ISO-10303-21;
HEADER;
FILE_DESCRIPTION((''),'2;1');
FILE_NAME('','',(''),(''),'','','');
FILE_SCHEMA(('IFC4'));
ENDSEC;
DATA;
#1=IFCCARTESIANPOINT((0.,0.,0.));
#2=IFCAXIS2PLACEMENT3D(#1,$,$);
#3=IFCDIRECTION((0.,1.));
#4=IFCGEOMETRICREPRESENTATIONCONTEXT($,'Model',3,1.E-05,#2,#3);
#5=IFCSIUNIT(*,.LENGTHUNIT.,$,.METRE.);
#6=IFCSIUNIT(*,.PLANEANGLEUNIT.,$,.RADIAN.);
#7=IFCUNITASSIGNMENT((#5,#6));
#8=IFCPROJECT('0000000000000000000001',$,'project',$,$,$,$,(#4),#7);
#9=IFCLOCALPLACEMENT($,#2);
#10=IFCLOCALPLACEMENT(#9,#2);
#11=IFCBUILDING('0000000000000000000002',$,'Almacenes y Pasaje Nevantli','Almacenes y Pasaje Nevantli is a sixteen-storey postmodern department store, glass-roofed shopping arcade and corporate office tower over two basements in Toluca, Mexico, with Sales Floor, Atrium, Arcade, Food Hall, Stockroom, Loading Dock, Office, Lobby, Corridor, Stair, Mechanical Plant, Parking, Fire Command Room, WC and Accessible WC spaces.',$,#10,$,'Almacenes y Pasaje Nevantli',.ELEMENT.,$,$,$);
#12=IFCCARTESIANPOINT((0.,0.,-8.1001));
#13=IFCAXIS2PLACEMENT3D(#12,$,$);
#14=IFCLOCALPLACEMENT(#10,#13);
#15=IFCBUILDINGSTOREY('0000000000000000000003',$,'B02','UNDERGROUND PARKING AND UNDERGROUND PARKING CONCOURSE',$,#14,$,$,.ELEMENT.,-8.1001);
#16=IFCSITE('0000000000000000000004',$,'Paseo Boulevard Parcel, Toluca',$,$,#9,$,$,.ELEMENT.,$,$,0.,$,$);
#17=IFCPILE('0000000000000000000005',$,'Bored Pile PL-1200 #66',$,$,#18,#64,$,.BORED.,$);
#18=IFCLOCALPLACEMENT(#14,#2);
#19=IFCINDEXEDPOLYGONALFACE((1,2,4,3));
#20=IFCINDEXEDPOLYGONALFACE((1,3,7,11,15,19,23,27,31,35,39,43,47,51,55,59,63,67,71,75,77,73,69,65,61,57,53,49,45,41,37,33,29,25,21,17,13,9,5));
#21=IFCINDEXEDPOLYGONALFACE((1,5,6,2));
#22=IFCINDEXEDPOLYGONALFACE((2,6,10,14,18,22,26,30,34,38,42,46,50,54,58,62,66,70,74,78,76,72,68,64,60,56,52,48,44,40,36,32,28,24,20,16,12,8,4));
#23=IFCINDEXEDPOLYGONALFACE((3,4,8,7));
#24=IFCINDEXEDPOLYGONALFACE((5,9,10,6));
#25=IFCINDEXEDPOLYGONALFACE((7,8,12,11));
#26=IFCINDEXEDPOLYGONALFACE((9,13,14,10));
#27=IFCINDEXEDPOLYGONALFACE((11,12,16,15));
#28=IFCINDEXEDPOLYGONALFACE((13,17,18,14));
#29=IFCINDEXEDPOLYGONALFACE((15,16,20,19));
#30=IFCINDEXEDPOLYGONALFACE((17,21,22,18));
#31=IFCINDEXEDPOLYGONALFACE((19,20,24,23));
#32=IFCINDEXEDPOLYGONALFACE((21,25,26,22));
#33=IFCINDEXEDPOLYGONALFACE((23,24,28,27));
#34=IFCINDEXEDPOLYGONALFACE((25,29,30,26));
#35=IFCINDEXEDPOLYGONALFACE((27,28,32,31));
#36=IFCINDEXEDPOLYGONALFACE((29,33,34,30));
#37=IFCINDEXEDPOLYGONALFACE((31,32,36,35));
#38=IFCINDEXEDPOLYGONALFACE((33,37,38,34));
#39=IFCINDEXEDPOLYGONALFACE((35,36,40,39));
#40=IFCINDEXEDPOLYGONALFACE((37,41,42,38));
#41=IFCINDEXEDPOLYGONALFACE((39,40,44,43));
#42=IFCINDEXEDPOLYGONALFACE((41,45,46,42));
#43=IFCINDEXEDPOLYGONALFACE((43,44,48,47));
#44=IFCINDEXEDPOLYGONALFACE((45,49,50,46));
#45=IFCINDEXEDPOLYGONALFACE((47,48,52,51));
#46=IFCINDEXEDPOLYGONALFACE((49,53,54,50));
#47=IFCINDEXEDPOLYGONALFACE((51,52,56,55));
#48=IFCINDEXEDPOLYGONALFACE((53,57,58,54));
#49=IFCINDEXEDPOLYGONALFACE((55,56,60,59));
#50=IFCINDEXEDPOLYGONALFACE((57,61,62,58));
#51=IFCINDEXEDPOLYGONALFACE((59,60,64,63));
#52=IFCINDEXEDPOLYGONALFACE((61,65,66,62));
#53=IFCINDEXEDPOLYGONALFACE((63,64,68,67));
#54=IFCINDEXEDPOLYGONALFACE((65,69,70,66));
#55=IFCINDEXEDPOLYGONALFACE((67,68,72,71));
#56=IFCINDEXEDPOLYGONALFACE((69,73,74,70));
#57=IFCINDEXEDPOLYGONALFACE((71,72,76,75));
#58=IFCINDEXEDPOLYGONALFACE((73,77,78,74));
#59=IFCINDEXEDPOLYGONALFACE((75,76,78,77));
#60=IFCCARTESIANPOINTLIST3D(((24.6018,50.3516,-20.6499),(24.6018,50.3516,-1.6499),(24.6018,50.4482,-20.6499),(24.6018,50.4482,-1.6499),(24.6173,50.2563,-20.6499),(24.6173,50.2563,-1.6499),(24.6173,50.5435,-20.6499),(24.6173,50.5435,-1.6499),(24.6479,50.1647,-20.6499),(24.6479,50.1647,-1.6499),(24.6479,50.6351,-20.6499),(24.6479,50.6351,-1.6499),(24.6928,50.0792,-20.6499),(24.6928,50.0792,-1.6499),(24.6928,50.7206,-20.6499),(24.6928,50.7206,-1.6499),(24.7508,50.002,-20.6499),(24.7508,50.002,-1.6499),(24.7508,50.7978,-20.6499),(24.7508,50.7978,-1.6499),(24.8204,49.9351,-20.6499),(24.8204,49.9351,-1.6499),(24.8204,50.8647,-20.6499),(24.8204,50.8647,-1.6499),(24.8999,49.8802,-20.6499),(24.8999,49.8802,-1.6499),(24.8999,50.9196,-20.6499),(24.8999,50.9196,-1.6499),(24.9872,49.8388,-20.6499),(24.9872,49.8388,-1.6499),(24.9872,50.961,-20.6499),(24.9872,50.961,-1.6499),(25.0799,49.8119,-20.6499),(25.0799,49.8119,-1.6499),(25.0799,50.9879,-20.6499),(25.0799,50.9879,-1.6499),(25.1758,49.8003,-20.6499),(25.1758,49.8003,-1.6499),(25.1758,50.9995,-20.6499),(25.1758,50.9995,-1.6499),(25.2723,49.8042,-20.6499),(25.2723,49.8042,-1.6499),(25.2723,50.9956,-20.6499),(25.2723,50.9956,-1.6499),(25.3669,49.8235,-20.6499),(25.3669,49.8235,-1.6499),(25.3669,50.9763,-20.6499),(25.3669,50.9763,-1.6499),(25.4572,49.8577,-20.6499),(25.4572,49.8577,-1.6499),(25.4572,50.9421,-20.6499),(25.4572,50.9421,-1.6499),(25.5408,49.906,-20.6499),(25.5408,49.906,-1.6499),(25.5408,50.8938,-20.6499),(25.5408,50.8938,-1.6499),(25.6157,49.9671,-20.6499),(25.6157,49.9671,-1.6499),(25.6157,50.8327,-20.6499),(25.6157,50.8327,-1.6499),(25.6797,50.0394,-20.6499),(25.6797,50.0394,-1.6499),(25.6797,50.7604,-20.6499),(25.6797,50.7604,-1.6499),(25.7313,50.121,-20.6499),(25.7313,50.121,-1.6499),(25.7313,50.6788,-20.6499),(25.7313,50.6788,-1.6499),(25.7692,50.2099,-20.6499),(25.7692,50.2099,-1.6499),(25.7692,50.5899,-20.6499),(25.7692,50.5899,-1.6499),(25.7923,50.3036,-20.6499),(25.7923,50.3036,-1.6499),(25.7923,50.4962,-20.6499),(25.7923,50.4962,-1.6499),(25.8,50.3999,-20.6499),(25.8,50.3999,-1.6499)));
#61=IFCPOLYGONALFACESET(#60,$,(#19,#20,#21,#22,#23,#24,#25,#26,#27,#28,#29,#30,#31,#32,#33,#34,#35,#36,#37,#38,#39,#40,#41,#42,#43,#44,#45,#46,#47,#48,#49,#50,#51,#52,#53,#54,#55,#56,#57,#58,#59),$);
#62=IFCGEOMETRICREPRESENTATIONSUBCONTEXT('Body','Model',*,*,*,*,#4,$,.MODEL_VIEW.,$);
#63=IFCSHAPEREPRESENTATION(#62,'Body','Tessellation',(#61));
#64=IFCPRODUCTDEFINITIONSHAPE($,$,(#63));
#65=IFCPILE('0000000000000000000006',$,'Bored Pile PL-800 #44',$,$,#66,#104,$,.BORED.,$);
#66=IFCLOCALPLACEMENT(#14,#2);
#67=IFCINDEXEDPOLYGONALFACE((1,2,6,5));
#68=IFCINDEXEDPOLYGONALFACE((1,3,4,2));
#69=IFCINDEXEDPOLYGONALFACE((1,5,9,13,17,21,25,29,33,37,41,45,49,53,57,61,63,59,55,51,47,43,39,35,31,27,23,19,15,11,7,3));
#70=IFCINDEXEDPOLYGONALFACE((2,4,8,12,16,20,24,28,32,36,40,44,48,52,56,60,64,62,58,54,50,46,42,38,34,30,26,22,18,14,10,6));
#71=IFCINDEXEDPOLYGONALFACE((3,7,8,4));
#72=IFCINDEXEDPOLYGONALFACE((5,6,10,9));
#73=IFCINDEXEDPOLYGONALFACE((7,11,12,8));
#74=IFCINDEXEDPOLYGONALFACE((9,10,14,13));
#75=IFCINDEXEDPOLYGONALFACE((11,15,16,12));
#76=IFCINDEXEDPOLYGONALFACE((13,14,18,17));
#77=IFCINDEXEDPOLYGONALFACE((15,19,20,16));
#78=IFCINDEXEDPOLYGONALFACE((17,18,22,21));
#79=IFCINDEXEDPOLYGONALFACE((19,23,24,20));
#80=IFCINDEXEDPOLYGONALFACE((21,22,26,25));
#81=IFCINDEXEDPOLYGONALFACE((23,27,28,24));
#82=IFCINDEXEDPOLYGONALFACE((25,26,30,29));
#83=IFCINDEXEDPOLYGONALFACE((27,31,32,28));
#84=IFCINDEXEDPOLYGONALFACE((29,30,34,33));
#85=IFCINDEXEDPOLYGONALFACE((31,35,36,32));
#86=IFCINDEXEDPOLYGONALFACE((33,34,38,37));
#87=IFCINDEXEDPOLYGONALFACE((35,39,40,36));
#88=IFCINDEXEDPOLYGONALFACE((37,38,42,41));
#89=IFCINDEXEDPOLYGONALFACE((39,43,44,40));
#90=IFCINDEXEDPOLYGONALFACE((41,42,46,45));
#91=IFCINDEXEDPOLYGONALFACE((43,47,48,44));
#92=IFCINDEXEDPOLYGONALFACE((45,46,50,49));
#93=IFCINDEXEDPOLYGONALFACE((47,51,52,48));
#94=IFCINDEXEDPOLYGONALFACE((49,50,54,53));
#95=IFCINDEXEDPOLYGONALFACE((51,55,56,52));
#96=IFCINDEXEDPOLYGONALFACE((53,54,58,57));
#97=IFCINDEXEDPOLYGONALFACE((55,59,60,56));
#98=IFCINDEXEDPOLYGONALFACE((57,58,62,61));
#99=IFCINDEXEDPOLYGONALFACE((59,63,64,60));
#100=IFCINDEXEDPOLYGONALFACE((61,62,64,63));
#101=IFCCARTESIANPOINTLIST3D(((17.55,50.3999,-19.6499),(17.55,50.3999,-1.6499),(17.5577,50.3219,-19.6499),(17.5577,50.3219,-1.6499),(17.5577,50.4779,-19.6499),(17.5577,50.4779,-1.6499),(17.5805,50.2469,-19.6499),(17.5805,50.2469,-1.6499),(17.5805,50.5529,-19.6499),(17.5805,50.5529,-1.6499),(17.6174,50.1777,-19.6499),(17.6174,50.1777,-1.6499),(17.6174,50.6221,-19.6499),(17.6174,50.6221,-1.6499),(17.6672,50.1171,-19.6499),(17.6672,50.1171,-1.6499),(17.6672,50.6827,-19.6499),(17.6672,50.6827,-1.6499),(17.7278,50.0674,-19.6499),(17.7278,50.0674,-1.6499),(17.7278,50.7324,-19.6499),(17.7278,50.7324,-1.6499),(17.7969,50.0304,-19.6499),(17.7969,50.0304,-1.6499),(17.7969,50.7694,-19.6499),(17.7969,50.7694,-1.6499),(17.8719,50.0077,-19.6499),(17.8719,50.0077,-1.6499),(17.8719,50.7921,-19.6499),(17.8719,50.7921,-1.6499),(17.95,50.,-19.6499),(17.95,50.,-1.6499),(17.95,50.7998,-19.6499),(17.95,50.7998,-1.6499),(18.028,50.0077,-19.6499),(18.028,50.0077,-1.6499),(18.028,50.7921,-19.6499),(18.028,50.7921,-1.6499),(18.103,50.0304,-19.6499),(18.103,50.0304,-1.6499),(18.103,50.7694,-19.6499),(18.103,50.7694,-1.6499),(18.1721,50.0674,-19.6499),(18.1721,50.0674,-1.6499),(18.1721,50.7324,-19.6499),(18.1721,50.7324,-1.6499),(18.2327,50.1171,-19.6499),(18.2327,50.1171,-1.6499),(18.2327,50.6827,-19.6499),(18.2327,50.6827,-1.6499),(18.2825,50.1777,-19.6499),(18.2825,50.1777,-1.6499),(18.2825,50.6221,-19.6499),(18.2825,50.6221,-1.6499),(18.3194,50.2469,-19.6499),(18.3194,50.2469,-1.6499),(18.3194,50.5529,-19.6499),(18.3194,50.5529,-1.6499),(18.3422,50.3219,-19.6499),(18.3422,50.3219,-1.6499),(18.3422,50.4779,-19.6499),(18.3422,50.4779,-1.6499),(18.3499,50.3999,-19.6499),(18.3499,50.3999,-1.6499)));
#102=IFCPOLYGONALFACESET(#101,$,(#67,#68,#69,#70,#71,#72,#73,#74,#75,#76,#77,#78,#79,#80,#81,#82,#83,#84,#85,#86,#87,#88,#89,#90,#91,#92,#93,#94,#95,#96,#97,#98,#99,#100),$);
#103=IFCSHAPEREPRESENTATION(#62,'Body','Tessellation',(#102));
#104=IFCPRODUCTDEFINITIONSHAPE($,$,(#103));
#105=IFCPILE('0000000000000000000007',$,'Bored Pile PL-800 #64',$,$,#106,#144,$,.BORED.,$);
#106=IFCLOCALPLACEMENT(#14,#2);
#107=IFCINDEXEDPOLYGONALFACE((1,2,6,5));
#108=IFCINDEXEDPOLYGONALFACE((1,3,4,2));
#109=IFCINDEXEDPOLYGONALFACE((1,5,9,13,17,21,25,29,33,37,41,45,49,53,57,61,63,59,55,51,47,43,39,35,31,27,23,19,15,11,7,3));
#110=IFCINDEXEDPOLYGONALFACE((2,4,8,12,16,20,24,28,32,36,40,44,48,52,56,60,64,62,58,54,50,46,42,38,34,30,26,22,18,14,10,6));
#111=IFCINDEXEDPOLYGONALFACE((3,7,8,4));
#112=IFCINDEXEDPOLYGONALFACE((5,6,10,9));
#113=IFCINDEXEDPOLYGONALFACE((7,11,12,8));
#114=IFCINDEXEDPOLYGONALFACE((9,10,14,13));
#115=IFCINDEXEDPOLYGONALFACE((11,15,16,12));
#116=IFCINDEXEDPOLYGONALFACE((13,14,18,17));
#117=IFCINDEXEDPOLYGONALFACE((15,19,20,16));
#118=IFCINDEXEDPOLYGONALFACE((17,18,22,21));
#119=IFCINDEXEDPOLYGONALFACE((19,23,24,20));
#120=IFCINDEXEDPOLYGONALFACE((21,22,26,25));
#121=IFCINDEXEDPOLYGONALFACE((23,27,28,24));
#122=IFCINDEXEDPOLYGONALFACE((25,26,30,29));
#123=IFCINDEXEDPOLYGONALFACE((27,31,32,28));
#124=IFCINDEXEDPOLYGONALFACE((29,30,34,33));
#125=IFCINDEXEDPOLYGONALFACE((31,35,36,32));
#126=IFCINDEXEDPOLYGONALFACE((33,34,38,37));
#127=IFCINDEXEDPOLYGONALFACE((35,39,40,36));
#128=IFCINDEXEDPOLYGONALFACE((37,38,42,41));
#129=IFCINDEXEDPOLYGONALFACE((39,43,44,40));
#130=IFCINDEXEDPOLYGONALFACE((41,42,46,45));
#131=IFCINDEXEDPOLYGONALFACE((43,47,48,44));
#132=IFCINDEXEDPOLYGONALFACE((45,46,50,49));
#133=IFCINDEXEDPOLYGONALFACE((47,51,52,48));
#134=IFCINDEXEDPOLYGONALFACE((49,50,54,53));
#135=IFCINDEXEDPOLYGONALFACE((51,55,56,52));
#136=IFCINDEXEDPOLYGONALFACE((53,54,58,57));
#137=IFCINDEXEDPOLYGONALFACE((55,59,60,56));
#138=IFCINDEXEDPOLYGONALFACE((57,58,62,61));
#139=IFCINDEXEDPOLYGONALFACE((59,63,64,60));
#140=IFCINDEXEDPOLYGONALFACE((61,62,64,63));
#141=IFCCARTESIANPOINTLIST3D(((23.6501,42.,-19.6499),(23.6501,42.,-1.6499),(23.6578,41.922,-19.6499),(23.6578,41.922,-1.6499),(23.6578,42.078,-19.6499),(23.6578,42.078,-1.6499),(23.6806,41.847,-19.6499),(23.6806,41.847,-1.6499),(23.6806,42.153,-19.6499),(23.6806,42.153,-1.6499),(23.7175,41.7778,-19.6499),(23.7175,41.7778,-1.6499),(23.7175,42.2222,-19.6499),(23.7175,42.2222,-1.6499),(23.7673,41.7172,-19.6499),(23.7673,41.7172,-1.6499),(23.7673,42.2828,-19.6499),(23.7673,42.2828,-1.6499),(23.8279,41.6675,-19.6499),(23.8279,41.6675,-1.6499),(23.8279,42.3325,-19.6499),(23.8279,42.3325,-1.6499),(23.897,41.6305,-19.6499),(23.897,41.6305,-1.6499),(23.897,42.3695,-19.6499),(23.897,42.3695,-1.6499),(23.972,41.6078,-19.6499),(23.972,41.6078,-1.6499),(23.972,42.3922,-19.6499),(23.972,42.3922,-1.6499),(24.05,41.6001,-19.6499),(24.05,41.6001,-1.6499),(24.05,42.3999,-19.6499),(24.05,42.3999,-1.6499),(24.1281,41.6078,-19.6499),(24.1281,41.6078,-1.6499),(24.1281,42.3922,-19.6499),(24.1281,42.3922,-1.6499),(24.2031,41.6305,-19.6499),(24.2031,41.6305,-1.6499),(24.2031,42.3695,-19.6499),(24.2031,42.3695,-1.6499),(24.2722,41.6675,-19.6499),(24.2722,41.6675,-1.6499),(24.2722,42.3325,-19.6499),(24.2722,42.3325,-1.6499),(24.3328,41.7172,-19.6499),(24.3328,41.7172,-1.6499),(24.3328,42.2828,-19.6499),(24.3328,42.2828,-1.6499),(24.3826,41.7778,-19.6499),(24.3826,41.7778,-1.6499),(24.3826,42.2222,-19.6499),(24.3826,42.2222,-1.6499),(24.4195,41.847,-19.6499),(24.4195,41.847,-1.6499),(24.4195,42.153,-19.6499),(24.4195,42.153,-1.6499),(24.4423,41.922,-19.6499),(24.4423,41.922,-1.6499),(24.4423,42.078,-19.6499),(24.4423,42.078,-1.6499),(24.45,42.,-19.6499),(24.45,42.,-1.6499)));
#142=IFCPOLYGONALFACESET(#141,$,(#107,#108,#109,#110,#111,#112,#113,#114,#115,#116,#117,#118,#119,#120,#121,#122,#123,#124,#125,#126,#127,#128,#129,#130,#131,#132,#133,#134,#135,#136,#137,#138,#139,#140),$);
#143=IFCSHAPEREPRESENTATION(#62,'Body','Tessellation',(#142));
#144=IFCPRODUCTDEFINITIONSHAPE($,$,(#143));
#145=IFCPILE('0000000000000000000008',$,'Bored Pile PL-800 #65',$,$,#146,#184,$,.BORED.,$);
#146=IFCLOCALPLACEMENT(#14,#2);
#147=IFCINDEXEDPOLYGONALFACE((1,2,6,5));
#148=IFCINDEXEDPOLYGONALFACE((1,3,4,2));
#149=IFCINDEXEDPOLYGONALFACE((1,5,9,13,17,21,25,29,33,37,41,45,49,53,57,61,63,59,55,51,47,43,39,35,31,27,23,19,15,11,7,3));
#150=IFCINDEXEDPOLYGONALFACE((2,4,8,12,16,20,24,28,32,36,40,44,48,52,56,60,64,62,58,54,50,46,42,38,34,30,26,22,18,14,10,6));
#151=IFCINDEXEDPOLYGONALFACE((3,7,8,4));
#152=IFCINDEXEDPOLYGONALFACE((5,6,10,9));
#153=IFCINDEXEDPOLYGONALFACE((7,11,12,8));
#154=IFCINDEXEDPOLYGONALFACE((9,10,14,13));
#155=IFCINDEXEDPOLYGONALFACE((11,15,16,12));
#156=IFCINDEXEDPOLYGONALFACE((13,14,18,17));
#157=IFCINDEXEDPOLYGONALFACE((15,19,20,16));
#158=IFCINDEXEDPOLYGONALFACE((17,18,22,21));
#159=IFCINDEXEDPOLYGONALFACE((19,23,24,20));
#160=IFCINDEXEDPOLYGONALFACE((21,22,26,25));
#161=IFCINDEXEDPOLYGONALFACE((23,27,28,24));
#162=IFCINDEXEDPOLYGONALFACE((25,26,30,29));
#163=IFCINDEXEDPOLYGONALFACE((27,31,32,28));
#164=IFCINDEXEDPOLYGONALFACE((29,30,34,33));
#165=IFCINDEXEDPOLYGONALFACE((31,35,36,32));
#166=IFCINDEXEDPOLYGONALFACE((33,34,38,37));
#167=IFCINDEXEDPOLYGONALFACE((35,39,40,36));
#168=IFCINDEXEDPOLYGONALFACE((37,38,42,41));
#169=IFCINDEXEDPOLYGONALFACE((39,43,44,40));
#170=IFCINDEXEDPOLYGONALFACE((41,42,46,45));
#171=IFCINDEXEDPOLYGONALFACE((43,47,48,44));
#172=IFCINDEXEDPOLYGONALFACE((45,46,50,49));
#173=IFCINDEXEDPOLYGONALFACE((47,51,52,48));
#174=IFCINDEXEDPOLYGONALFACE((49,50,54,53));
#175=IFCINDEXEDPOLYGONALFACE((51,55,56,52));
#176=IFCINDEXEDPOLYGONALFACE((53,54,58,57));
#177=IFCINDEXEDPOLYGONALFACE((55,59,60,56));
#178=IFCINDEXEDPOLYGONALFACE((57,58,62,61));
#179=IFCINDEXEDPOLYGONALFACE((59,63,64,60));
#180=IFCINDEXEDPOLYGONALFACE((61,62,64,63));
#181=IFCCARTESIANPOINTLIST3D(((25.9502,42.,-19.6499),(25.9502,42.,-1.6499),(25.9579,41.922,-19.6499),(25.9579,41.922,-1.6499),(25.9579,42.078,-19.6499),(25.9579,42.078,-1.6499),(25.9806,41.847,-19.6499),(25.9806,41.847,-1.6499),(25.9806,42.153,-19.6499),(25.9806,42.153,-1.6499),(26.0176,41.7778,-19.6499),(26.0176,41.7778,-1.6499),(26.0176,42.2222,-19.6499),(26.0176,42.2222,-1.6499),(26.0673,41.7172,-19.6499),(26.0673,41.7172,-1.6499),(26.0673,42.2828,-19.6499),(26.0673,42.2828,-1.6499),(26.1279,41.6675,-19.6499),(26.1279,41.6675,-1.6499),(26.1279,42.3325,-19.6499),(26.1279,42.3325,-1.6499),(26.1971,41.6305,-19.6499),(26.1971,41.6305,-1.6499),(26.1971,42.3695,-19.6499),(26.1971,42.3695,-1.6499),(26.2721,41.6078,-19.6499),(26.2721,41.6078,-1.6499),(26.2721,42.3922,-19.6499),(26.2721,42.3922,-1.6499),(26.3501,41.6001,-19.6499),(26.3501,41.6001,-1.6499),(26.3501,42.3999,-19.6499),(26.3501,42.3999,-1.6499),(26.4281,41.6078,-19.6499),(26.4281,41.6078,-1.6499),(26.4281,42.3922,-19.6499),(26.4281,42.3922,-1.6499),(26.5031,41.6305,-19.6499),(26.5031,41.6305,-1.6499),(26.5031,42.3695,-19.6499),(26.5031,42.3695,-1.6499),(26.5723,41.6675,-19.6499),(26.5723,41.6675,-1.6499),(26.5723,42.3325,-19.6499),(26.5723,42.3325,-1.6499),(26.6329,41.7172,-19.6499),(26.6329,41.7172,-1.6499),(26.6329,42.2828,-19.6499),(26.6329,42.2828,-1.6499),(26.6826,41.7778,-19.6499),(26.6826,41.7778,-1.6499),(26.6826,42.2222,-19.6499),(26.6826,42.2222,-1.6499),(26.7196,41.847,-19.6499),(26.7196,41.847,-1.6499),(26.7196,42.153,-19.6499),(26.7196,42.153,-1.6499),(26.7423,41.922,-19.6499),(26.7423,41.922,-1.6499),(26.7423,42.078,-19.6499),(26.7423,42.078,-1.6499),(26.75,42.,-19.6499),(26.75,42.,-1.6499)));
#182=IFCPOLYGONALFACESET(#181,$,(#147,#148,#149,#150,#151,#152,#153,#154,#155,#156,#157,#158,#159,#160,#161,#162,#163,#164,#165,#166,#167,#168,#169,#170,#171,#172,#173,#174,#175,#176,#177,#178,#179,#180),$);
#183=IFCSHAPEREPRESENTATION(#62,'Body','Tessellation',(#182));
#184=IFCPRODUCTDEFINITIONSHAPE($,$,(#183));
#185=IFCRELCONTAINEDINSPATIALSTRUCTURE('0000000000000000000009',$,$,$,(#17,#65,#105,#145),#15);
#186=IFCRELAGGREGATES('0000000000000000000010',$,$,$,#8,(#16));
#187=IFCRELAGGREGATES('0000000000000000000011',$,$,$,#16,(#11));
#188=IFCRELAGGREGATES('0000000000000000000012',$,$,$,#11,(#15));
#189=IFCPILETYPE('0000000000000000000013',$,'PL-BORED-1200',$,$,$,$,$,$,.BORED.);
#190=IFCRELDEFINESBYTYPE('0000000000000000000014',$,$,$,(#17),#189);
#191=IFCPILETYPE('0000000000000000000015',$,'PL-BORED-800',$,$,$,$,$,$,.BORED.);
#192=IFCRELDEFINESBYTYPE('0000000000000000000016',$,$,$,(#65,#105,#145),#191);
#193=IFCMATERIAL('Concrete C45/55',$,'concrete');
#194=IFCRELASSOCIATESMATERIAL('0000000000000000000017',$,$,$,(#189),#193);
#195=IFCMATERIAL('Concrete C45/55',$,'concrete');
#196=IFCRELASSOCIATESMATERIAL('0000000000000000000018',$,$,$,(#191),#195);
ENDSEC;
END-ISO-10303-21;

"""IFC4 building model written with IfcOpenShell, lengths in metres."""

from ifc_helpers import new_model, si_unit, direction, frame, origin, origin_2d, place, context, subcontext, project, spatial, circle, extrude, material, material_profile, profile_set, type_object, element, save


model = new_model("IFC4")

# Units and contexts
model_context = context("Model", 3, precision=1e-05, world=origin(), true_north=direction((0.0, 1.0)))
body_context = subcontext(model_context, "Body", "Model", "MODEL_VIEW")
ifc_project = project(units=[si_unit("LENGTHUNIT", "METRE"), si_unit("PLANEANGLEUNIT", "RADIAN")], contexts=[model_context])

# Site, building, storey
site_placement = place(None, origin())
site = spatial("IfcSite", under=ifc_project, at=site_placement, Name="Paseo Boulevard Parcel, Toluca", CompositionType="ELEMENT", RefElevation=0.0)
building_placement = place(site_placement, origin())
building = spatial("IfcBuilding", under=site, at=building_placement, Name="Almacenes y Pasaje Nevantli", Description="Almacenes y Pasaje Nevantli is a sixteen-storey postmodern department store, glass-roofed shopping arcade and corporate office tower over two basements in Toluca, Mexico, with Sales Floor, Atrium, Arcade, Food Hall, Stockroom, Loading Dock, Office, Lobby, Corridor, Stair, Mechanical Plant, Parking, Fire Command Room, WC and Accessible WC spaces.", LongName="Almacenes y Pasaje Nevantli", CompositionType="ELEMENT")
storey_placement = place(building_placement, frame((0.0, 0.0, -8.1001)))
storey = spatial("IfcBuildingStorey", under=building, at=storey_placement, Name="B02", Description="UNDERGROUND PARKING AND UNDERGROUND PARKING CONCOURSE", CompositionType="ELEMENT", Elevation=-8.1001)

# Piles
ifc_material_1 = material(Name="Concrete C45/55", Category="concrete")
ifc_material_profile_1 = material_profile(ifc_material_1, circle(Radius=0.6001, at=origin_2d()), Name="RC-PILE-D1200")
ifc_profile_set_1 = profile_set([ifc_material_profile_1], Name="Concrete C45/55")
pile_type_1 = type_object("IfcPileType", Name="PL-BORED-1200", PredefinedType="BORED", material=ifc_profile_set_1)
for number, where, z_axis, x_axis, name in (
    (1, (25.2, 50.3999, -1.6499), (0.0, 0.0, -1.0), (1.0, 0.0, 0.0), "Bored Pile PL-1200 #66"),
):
    element("IfcPile", number, at=place(storey_placement, frame(where, z_axis=z_axis, x_axis=x_axis)), inside=storey, type_object=pile_type_1, Name=name, PredefinedType="BORED", context=body_context, shape_type="SweptSolid", body=[
        extrude(circle(Radius=0.6001, at=origin_2d()), origin(), (0.0, 0.0, 1.0), 19.0),
    ])
ifc_material_2 = material(Name="Concrete C45/55", Category="concrete")
ifc_material_profile_2 = material_profile(ifc_material_2, circle(Radius=0.3999, at=origin_2d()), Name="RC-PILE-D800")
ifc_profile_set_2 = profile_set([ifc_material_profile_2], Name="Concrete C45/55")
pile_type_2 = type_object("IfcPileType", Name="PL-BORED-800", PredefinedType="BORED", material=ifc_profile_set_2)
for number, where, z_axis, x_axis, name in (
    (2, (17.95, 50.3999, -1.6499), (0.0, 0.0, -1.0), (1.0, 0.0, 0.0), "Bored Pile PL-800 #44"),
    (3, (24.05, 42.0, -1.6499), (0.0, 0.0, -1.0), (1.0, 0.0, 0.0), "Bored Pile PL-800 #64"),
    (4, (26.3501, 42.0, -1.6499), (0.0, 0.0, -1.0), (1.0, 0.0, 0.0), "Bored Pile PL-800 #65"),
):
    element("IfcPile", number, at=place(storey_placement, frame(where, z_axis=z_axis, x_axis=x_axis)), inside=storey, type_object=pile_type_2, Name=name, PredefinedType="BORED", context=body_context, shape_type="SweptSolid", body=[
        extrude(circle(Radius=0.3999, at=origin_2d()), origin(), (0.0, 0.0, 1.0), 18.0),
    ])

save(model, "model.ifc")
